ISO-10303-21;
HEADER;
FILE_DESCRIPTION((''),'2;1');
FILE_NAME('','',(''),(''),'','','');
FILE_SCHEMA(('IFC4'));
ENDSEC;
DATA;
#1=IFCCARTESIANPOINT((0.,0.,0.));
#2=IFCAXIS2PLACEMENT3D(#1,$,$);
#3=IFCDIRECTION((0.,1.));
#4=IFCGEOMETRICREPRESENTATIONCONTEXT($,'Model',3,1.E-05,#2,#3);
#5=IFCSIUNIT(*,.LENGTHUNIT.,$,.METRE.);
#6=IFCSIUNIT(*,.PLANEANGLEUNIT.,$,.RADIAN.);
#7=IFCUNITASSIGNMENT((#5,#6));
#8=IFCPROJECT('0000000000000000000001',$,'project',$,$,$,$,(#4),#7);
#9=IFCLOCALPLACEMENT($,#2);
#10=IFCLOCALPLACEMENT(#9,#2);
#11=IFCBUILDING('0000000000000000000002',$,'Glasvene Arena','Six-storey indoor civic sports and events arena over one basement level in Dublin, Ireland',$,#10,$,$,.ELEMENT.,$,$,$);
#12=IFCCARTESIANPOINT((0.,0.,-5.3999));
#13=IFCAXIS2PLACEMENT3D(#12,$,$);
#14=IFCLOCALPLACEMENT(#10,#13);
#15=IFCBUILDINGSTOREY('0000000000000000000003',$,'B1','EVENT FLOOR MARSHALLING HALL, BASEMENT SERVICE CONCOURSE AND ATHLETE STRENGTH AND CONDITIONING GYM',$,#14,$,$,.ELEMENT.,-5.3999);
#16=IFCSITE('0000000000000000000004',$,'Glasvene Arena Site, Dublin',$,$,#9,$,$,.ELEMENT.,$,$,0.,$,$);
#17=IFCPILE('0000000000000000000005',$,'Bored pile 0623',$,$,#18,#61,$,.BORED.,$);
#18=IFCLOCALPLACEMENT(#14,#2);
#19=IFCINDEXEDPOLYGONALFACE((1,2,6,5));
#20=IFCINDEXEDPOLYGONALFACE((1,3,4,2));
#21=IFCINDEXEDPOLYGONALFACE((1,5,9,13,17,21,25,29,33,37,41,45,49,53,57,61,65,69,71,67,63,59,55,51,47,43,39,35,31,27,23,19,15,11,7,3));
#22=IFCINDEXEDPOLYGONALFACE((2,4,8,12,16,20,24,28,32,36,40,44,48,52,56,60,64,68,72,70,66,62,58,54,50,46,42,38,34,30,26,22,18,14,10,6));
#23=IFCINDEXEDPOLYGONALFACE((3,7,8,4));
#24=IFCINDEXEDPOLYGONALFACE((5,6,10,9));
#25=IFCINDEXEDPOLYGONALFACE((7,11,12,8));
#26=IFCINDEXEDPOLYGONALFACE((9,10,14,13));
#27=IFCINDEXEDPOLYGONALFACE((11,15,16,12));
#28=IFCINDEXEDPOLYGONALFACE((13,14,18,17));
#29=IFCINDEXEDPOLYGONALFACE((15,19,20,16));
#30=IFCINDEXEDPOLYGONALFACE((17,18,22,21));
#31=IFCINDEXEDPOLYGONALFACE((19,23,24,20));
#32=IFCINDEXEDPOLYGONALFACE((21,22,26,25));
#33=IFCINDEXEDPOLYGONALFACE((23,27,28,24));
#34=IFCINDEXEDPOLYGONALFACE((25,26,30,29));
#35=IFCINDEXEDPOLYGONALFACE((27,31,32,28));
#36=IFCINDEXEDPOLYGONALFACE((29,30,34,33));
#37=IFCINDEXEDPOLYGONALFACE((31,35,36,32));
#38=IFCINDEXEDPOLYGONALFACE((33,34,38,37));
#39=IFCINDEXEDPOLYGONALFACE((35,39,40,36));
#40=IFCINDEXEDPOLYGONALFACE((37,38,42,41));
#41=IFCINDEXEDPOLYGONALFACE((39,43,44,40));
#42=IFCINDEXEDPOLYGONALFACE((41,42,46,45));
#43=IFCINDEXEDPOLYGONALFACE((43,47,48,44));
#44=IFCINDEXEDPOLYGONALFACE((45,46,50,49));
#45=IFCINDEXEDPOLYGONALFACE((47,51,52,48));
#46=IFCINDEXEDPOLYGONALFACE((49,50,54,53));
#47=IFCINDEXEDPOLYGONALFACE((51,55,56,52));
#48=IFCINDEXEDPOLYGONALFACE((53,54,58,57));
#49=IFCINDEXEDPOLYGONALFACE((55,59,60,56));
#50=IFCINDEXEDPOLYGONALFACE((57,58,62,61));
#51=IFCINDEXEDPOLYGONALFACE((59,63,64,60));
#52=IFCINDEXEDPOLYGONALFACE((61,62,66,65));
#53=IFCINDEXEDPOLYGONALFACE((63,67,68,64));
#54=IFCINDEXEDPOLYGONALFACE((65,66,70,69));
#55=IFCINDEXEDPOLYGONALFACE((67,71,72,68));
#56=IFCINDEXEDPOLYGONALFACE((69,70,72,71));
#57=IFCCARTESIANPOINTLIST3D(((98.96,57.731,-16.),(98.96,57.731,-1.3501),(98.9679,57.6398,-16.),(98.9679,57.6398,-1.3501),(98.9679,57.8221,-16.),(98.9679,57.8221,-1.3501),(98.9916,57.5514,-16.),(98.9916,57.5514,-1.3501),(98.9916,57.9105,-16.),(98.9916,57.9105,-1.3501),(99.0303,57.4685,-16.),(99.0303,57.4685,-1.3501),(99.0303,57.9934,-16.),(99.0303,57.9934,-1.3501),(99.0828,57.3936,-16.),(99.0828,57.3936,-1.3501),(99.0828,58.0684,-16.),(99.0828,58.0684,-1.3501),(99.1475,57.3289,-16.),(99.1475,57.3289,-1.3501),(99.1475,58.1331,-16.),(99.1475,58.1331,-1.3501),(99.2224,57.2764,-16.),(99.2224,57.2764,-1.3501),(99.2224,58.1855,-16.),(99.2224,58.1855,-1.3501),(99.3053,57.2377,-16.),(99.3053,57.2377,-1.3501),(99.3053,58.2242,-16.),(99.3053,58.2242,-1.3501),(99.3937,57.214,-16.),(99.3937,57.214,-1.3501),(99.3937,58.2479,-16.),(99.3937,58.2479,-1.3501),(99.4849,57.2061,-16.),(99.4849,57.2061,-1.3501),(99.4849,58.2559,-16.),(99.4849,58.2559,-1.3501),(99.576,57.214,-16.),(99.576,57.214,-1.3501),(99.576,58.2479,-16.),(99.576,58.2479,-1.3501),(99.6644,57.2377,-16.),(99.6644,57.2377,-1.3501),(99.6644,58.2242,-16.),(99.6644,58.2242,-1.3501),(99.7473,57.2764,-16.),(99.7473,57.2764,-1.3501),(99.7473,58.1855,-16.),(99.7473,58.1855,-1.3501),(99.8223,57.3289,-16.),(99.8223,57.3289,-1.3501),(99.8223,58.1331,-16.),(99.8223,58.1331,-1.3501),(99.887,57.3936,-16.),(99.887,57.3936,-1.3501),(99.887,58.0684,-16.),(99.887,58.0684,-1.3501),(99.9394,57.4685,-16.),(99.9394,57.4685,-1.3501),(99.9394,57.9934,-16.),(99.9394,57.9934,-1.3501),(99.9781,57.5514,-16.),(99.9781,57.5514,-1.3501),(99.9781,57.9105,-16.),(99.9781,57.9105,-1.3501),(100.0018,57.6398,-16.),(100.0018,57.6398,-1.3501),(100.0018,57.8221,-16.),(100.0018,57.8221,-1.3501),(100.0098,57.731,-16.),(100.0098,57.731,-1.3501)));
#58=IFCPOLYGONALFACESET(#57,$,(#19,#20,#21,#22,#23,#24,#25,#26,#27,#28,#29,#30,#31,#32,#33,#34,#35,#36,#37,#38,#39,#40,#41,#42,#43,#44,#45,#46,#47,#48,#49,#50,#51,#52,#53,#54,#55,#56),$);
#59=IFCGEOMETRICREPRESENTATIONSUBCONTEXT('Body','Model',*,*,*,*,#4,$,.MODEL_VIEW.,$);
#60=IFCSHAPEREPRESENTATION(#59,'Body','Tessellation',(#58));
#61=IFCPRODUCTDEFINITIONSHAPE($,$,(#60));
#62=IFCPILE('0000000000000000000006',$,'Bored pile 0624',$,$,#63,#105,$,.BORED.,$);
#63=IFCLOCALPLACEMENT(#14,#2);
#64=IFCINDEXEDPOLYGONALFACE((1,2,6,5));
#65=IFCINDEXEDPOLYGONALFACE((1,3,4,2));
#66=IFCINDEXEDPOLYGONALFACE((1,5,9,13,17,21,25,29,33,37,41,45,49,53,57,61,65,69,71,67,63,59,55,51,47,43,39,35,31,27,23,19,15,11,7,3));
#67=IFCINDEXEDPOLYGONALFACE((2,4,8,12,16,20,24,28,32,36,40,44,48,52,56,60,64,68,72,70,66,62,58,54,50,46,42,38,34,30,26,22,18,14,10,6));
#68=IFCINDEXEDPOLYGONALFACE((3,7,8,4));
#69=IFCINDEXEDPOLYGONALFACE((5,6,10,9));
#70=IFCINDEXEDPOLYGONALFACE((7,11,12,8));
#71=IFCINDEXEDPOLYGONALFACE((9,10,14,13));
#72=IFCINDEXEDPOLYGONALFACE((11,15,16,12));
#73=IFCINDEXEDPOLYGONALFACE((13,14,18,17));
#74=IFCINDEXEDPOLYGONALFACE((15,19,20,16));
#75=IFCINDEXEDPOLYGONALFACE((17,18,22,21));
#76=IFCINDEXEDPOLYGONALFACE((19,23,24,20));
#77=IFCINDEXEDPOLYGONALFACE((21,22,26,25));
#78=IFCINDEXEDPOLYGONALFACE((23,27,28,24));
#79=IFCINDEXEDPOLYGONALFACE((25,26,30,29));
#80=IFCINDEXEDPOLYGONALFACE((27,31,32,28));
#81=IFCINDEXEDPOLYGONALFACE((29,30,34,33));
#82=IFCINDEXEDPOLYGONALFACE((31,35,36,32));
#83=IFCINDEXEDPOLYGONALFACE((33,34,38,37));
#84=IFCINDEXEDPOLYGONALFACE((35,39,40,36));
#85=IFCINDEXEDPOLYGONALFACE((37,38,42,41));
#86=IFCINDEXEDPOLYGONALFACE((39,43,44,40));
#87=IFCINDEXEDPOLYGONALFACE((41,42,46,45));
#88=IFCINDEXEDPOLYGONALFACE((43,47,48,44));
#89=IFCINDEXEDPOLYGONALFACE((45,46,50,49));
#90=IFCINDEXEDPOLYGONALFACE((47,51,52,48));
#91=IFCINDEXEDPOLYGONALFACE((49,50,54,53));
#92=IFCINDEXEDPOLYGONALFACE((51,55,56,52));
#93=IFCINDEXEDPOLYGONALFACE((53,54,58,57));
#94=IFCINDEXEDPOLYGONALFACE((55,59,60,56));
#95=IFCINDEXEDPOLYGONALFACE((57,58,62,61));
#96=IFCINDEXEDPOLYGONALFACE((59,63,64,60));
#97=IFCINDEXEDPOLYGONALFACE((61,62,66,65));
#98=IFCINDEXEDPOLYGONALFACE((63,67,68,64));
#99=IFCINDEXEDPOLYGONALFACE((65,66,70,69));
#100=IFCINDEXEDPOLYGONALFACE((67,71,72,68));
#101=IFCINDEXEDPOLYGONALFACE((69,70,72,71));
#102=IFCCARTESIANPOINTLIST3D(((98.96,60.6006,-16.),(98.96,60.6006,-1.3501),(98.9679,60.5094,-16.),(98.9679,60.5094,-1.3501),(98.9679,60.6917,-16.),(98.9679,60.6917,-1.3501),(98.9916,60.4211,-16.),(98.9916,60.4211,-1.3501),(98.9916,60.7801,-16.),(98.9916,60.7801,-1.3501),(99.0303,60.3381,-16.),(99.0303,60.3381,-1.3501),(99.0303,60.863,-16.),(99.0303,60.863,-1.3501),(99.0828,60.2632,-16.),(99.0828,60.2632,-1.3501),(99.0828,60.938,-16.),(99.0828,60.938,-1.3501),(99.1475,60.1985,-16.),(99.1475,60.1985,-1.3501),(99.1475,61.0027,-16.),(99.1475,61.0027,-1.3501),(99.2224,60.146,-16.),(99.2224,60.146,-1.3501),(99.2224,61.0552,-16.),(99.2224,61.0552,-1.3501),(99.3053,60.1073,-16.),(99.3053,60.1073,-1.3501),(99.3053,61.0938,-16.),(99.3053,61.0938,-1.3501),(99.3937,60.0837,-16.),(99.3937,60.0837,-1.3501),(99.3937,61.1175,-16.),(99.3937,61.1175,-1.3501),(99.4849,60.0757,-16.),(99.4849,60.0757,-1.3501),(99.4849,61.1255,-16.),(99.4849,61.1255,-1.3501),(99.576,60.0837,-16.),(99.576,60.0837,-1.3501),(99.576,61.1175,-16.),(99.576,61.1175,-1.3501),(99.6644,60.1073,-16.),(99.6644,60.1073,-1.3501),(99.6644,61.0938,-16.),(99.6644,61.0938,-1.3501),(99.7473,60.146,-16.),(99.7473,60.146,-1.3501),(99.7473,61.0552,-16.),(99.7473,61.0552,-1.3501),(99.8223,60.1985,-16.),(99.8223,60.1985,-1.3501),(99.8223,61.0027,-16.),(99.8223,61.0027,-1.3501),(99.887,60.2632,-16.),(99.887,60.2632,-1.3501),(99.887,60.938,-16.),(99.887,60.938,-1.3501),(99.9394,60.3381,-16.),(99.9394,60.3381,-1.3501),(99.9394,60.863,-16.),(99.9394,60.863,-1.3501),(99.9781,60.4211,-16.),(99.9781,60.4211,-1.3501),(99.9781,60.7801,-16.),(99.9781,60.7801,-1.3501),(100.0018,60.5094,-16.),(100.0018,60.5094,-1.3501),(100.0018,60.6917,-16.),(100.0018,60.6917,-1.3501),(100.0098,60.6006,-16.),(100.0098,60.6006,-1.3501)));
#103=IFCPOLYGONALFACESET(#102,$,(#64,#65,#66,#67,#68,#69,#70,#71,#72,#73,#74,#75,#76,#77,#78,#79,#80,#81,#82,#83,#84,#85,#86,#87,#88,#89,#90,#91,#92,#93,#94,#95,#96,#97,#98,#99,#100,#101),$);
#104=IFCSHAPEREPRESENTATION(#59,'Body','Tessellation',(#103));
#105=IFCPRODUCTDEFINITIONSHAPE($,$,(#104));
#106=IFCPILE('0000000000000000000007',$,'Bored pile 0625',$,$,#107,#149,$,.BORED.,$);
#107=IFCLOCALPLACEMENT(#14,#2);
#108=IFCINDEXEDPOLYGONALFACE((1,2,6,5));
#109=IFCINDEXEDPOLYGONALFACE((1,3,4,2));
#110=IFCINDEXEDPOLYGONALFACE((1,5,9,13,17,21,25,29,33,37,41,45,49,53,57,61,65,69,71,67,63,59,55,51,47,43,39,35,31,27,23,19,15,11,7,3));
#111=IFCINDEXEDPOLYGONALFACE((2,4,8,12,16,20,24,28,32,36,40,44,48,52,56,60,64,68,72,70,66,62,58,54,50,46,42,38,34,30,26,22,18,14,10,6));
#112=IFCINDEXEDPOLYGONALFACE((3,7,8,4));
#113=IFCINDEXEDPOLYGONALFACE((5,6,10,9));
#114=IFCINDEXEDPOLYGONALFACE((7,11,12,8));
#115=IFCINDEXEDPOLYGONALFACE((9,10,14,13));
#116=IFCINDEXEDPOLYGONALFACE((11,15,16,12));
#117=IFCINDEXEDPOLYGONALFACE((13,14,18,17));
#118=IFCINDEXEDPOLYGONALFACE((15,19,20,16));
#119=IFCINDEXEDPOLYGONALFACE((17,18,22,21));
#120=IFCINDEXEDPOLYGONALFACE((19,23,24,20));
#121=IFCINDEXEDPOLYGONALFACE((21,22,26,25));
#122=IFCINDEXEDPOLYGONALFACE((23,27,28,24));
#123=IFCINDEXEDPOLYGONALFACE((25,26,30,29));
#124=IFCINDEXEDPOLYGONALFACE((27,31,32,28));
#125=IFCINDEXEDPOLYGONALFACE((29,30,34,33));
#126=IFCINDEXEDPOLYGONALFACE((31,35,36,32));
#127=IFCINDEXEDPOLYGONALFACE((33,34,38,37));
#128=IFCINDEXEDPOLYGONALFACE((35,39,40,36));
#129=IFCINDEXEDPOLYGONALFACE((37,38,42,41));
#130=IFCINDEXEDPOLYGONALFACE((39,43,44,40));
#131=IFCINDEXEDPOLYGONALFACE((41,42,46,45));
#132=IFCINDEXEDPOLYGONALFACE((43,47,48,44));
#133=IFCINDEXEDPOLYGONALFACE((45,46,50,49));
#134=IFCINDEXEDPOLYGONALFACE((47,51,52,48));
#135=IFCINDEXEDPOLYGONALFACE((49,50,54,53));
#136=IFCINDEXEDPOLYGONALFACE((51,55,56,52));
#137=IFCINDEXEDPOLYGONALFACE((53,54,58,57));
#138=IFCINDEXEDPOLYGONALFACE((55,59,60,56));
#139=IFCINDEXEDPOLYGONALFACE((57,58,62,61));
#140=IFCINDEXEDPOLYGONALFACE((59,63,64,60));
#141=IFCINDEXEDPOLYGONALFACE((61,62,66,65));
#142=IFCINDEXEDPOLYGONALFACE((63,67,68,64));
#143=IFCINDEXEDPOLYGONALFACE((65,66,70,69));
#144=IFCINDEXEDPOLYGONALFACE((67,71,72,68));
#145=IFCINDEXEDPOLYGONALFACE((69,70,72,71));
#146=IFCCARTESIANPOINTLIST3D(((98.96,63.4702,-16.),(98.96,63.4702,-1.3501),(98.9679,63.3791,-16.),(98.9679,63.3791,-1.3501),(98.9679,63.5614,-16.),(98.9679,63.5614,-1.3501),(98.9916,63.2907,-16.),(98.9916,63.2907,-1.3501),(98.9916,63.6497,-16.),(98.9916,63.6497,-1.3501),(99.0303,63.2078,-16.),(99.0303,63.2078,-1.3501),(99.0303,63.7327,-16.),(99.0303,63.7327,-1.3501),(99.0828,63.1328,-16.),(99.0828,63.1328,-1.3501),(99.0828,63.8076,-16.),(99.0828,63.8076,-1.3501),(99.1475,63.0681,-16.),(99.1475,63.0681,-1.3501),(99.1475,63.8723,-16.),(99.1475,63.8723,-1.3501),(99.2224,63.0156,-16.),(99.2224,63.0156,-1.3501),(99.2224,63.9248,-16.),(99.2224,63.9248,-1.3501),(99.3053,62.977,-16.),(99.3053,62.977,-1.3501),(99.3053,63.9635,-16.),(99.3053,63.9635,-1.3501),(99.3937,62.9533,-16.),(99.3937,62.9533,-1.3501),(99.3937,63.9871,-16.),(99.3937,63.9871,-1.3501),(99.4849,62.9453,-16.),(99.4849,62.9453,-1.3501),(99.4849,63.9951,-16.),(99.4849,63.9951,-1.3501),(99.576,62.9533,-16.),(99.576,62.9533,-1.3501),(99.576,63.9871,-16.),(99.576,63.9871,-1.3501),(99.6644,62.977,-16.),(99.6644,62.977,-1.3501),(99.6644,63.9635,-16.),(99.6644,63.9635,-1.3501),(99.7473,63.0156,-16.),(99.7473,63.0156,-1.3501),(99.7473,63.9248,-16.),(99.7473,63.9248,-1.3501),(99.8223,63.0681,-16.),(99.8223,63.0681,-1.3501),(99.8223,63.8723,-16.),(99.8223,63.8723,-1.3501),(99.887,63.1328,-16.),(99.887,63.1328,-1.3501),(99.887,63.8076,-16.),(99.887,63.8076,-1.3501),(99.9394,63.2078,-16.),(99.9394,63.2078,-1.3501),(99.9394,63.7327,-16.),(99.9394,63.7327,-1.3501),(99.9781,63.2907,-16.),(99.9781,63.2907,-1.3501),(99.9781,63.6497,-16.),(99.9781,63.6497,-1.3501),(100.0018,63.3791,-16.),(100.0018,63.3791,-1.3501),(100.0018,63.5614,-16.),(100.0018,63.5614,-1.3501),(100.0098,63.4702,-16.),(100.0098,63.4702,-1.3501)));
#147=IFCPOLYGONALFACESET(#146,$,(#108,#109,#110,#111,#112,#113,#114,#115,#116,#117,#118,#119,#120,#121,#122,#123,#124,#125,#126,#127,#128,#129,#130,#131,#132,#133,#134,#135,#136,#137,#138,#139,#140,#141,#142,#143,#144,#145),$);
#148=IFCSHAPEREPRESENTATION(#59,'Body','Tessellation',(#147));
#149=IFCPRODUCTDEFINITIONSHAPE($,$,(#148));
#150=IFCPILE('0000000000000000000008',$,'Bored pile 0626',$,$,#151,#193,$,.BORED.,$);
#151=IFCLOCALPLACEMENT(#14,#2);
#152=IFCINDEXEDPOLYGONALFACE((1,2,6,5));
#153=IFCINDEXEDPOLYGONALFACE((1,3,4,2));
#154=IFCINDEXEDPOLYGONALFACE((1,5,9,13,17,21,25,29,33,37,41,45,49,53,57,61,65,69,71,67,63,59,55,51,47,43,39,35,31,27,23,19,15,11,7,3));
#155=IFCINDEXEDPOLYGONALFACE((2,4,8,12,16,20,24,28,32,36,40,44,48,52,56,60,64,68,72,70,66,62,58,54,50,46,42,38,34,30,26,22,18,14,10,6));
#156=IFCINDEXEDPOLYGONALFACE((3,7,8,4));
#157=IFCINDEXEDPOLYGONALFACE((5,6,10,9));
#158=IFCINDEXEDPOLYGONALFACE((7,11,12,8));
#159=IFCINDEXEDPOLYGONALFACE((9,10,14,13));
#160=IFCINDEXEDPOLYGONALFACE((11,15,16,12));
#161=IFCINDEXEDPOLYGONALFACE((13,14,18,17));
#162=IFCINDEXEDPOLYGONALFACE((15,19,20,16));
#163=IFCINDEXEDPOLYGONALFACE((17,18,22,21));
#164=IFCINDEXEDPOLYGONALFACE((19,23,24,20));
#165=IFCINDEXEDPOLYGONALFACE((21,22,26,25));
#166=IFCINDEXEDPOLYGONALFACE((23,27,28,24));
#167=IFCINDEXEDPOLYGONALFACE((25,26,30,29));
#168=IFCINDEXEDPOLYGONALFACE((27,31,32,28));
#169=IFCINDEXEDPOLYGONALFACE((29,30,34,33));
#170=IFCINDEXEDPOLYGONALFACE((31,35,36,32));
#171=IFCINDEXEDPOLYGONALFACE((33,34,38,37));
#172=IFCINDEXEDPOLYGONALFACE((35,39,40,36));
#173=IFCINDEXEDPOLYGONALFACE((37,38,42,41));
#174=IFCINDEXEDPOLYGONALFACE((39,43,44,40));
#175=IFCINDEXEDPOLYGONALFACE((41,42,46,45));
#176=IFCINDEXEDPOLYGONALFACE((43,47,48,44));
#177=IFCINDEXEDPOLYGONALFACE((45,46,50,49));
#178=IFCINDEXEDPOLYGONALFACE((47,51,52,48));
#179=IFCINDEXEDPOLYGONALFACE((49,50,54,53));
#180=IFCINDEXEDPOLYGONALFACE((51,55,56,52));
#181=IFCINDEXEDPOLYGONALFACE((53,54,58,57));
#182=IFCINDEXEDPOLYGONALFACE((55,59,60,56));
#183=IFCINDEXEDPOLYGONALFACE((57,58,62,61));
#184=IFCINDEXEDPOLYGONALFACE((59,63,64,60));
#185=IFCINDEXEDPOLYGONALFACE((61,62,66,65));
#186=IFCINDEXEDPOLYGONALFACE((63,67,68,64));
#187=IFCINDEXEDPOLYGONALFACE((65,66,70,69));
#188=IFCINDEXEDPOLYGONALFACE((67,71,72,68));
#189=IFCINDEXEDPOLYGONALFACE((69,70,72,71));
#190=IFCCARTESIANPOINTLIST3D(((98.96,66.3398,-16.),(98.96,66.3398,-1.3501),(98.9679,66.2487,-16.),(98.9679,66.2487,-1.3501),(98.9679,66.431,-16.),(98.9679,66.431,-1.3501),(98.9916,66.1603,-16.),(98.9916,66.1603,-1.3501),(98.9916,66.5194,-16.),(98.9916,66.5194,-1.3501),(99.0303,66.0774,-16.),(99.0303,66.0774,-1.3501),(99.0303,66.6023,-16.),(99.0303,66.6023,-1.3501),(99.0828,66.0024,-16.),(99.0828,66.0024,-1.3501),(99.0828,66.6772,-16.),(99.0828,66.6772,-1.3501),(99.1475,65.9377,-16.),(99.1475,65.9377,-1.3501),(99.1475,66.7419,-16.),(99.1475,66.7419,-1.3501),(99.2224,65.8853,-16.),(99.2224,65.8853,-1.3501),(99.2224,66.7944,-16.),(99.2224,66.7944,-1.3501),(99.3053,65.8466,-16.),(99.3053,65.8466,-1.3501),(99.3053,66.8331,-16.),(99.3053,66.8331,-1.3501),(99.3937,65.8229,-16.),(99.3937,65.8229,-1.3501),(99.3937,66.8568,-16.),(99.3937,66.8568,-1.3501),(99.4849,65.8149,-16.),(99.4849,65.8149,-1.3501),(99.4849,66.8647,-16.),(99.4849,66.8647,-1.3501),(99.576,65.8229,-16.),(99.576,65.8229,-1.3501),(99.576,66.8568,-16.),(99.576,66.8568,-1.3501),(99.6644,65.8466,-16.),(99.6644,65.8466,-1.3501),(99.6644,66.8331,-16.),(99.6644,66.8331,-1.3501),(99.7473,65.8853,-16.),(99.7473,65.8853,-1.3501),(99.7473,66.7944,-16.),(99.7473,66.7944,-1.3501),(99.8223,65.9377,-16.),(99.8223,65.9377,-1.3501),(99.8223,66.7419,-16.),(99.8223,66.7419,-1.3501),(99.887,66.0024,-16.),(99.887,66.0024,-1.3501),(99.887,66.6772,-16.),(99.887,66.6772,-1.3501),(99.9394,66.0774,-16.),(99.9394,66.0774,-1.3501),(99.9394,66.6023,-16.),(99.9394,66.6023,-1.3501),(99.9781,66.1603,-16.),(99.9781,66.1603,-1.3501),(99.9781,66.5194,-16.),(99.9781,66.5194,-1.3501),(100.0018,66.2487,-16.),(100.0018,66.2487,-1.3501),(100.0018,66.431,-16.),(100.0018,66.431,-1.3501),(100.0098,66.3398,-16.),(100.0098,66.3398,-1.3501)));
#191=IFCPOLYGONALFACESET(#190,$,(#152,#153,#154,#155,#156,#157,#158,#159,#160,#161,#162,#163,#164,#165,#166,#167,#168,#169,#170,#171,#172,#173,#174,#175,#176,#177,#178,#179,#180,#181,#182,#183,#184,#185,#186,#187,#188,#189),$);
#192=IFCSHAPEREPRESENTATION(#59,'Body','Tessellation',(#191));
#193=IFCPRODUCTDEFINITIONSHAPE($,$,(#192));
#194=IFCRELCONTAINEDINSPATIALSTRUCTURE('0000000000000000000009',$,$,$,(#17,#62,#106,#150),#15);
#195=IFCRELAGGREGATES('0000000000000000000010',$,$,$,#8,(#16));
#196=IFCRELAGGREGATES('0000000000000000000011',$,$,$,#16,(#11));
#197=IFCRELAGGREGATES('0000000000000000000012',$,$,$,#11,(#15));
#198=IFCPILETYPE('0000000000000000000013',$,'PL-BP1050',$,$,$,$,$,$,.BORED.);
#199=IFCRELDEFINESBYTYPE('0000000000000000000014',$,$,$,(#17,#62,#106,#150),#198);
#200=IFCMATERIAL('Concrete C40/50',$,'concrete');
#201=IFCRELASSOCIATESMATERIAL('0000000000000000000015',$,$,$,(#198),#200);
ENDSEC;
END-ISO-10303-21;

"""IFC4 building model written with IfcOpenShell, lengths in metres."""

from ifc_helpers import new_model, si_unit, direction, frame, origin, origin_2d, place, context, subcontext, project, spatial, circle, extrude, material, material_profile, profile_set, type_object, element, save


model = new_model("IFC4")

# Units and contexts
model_context = context("Model", 3, precision=1e-05, world=origin(), true_north=direction((0.0, 1.0)))
body_context = subcontext(model_context, "Body", "Model", "MODEL_VIEW")
ifc_project = project(units=[si_unit("LENGTHUNIT", "METRE"), si_unit("PLANEANGLEUNIT", "RADIAN")], contexts=[model_context])

# Site, building, storey
site_placement = place(None, origin())
site = spatial("IfcSite", under=ifc_project, at=site_placement, Name="Glasvene Arena Site, Dublin", CompositionType="ELEMENT", RefElevation=0.0)
building_placement = place(site_placement, origin())
building = spatial("IfcBuilding", under=site, at=building_placement, Name="Glasvene Arena", Description="Six-storey indoor civic sports and events arena over one basement level in Dublin, Ireland", CompositionType="ELEMENT")
storey_placement = place(building_placement, frame((0.0, 0.0, -5.3999)))
storey = spatial("IfcBuildingStorey", under=building, at=storey_placement, Name="B1", Description="EVENT FLOOR MARSHALLING HALL, BASEMENT SERVICE CONCOURSE AND ATHLETE STRENGTH AND CONDITIONING GYM", CompositionType="ELEMENT", Elevation=-5.3999)

# Piles
ifc_material = material(Name="Concrete C40/50", Category="concrete")
ifc_material_profile_1 = material_profile(ifc_material, circle(Radius=0.5249, at=origin_2d()), Name="BORED PILE 1050")
ifc_profile_set_1 = profile_set([ifc_material_profile_1], Name="Concrete C40/50")
pile_type = type_object("IfcPileType", Name="PL-BP1050", PredefinedType="BORED", material=ifc_profile_set_1)
for number, where, z_axis, x_axis, name in (
    (1, (99.4849, 57.731, -1.3501), (0.0, 0.0, -1.0), (1.0, 0.0, 0.0), "Bored pile 0623"),
    (2, (99.4849, 60.6006, -1.3501), (0.0, 0.0, -1.0), (1.0, 0.0, 0.0), "Bored pile 0624"),
    (3, (99.4849, 63.4702, -1.3501), (0.0, 0.0, -1.0), (1.0, 0.0, 0.0), "Bored pile 0625"),
    (4, (99.4849, 66.3398, -1.3501), (0.0, 0.0, -1.0), (1.0, 0.0, 0.0), "Bored pile 0626"),
):
    element("IfcPile", number, at=place(storey_placement, frame(where, z_axis=z_axis, x_axis=x_axis)), inside=storey, type_object=pile_type, Name=name, PredefinedType="BORED", context=body_context, shape_type="SweptSolid", body=[
        extrude(circle(Radius=0.5249, at=origin_2d()), origin(), (0.0, 0.0, 1.0), 14.6499),
    ])

save(model, "model.ifc")
